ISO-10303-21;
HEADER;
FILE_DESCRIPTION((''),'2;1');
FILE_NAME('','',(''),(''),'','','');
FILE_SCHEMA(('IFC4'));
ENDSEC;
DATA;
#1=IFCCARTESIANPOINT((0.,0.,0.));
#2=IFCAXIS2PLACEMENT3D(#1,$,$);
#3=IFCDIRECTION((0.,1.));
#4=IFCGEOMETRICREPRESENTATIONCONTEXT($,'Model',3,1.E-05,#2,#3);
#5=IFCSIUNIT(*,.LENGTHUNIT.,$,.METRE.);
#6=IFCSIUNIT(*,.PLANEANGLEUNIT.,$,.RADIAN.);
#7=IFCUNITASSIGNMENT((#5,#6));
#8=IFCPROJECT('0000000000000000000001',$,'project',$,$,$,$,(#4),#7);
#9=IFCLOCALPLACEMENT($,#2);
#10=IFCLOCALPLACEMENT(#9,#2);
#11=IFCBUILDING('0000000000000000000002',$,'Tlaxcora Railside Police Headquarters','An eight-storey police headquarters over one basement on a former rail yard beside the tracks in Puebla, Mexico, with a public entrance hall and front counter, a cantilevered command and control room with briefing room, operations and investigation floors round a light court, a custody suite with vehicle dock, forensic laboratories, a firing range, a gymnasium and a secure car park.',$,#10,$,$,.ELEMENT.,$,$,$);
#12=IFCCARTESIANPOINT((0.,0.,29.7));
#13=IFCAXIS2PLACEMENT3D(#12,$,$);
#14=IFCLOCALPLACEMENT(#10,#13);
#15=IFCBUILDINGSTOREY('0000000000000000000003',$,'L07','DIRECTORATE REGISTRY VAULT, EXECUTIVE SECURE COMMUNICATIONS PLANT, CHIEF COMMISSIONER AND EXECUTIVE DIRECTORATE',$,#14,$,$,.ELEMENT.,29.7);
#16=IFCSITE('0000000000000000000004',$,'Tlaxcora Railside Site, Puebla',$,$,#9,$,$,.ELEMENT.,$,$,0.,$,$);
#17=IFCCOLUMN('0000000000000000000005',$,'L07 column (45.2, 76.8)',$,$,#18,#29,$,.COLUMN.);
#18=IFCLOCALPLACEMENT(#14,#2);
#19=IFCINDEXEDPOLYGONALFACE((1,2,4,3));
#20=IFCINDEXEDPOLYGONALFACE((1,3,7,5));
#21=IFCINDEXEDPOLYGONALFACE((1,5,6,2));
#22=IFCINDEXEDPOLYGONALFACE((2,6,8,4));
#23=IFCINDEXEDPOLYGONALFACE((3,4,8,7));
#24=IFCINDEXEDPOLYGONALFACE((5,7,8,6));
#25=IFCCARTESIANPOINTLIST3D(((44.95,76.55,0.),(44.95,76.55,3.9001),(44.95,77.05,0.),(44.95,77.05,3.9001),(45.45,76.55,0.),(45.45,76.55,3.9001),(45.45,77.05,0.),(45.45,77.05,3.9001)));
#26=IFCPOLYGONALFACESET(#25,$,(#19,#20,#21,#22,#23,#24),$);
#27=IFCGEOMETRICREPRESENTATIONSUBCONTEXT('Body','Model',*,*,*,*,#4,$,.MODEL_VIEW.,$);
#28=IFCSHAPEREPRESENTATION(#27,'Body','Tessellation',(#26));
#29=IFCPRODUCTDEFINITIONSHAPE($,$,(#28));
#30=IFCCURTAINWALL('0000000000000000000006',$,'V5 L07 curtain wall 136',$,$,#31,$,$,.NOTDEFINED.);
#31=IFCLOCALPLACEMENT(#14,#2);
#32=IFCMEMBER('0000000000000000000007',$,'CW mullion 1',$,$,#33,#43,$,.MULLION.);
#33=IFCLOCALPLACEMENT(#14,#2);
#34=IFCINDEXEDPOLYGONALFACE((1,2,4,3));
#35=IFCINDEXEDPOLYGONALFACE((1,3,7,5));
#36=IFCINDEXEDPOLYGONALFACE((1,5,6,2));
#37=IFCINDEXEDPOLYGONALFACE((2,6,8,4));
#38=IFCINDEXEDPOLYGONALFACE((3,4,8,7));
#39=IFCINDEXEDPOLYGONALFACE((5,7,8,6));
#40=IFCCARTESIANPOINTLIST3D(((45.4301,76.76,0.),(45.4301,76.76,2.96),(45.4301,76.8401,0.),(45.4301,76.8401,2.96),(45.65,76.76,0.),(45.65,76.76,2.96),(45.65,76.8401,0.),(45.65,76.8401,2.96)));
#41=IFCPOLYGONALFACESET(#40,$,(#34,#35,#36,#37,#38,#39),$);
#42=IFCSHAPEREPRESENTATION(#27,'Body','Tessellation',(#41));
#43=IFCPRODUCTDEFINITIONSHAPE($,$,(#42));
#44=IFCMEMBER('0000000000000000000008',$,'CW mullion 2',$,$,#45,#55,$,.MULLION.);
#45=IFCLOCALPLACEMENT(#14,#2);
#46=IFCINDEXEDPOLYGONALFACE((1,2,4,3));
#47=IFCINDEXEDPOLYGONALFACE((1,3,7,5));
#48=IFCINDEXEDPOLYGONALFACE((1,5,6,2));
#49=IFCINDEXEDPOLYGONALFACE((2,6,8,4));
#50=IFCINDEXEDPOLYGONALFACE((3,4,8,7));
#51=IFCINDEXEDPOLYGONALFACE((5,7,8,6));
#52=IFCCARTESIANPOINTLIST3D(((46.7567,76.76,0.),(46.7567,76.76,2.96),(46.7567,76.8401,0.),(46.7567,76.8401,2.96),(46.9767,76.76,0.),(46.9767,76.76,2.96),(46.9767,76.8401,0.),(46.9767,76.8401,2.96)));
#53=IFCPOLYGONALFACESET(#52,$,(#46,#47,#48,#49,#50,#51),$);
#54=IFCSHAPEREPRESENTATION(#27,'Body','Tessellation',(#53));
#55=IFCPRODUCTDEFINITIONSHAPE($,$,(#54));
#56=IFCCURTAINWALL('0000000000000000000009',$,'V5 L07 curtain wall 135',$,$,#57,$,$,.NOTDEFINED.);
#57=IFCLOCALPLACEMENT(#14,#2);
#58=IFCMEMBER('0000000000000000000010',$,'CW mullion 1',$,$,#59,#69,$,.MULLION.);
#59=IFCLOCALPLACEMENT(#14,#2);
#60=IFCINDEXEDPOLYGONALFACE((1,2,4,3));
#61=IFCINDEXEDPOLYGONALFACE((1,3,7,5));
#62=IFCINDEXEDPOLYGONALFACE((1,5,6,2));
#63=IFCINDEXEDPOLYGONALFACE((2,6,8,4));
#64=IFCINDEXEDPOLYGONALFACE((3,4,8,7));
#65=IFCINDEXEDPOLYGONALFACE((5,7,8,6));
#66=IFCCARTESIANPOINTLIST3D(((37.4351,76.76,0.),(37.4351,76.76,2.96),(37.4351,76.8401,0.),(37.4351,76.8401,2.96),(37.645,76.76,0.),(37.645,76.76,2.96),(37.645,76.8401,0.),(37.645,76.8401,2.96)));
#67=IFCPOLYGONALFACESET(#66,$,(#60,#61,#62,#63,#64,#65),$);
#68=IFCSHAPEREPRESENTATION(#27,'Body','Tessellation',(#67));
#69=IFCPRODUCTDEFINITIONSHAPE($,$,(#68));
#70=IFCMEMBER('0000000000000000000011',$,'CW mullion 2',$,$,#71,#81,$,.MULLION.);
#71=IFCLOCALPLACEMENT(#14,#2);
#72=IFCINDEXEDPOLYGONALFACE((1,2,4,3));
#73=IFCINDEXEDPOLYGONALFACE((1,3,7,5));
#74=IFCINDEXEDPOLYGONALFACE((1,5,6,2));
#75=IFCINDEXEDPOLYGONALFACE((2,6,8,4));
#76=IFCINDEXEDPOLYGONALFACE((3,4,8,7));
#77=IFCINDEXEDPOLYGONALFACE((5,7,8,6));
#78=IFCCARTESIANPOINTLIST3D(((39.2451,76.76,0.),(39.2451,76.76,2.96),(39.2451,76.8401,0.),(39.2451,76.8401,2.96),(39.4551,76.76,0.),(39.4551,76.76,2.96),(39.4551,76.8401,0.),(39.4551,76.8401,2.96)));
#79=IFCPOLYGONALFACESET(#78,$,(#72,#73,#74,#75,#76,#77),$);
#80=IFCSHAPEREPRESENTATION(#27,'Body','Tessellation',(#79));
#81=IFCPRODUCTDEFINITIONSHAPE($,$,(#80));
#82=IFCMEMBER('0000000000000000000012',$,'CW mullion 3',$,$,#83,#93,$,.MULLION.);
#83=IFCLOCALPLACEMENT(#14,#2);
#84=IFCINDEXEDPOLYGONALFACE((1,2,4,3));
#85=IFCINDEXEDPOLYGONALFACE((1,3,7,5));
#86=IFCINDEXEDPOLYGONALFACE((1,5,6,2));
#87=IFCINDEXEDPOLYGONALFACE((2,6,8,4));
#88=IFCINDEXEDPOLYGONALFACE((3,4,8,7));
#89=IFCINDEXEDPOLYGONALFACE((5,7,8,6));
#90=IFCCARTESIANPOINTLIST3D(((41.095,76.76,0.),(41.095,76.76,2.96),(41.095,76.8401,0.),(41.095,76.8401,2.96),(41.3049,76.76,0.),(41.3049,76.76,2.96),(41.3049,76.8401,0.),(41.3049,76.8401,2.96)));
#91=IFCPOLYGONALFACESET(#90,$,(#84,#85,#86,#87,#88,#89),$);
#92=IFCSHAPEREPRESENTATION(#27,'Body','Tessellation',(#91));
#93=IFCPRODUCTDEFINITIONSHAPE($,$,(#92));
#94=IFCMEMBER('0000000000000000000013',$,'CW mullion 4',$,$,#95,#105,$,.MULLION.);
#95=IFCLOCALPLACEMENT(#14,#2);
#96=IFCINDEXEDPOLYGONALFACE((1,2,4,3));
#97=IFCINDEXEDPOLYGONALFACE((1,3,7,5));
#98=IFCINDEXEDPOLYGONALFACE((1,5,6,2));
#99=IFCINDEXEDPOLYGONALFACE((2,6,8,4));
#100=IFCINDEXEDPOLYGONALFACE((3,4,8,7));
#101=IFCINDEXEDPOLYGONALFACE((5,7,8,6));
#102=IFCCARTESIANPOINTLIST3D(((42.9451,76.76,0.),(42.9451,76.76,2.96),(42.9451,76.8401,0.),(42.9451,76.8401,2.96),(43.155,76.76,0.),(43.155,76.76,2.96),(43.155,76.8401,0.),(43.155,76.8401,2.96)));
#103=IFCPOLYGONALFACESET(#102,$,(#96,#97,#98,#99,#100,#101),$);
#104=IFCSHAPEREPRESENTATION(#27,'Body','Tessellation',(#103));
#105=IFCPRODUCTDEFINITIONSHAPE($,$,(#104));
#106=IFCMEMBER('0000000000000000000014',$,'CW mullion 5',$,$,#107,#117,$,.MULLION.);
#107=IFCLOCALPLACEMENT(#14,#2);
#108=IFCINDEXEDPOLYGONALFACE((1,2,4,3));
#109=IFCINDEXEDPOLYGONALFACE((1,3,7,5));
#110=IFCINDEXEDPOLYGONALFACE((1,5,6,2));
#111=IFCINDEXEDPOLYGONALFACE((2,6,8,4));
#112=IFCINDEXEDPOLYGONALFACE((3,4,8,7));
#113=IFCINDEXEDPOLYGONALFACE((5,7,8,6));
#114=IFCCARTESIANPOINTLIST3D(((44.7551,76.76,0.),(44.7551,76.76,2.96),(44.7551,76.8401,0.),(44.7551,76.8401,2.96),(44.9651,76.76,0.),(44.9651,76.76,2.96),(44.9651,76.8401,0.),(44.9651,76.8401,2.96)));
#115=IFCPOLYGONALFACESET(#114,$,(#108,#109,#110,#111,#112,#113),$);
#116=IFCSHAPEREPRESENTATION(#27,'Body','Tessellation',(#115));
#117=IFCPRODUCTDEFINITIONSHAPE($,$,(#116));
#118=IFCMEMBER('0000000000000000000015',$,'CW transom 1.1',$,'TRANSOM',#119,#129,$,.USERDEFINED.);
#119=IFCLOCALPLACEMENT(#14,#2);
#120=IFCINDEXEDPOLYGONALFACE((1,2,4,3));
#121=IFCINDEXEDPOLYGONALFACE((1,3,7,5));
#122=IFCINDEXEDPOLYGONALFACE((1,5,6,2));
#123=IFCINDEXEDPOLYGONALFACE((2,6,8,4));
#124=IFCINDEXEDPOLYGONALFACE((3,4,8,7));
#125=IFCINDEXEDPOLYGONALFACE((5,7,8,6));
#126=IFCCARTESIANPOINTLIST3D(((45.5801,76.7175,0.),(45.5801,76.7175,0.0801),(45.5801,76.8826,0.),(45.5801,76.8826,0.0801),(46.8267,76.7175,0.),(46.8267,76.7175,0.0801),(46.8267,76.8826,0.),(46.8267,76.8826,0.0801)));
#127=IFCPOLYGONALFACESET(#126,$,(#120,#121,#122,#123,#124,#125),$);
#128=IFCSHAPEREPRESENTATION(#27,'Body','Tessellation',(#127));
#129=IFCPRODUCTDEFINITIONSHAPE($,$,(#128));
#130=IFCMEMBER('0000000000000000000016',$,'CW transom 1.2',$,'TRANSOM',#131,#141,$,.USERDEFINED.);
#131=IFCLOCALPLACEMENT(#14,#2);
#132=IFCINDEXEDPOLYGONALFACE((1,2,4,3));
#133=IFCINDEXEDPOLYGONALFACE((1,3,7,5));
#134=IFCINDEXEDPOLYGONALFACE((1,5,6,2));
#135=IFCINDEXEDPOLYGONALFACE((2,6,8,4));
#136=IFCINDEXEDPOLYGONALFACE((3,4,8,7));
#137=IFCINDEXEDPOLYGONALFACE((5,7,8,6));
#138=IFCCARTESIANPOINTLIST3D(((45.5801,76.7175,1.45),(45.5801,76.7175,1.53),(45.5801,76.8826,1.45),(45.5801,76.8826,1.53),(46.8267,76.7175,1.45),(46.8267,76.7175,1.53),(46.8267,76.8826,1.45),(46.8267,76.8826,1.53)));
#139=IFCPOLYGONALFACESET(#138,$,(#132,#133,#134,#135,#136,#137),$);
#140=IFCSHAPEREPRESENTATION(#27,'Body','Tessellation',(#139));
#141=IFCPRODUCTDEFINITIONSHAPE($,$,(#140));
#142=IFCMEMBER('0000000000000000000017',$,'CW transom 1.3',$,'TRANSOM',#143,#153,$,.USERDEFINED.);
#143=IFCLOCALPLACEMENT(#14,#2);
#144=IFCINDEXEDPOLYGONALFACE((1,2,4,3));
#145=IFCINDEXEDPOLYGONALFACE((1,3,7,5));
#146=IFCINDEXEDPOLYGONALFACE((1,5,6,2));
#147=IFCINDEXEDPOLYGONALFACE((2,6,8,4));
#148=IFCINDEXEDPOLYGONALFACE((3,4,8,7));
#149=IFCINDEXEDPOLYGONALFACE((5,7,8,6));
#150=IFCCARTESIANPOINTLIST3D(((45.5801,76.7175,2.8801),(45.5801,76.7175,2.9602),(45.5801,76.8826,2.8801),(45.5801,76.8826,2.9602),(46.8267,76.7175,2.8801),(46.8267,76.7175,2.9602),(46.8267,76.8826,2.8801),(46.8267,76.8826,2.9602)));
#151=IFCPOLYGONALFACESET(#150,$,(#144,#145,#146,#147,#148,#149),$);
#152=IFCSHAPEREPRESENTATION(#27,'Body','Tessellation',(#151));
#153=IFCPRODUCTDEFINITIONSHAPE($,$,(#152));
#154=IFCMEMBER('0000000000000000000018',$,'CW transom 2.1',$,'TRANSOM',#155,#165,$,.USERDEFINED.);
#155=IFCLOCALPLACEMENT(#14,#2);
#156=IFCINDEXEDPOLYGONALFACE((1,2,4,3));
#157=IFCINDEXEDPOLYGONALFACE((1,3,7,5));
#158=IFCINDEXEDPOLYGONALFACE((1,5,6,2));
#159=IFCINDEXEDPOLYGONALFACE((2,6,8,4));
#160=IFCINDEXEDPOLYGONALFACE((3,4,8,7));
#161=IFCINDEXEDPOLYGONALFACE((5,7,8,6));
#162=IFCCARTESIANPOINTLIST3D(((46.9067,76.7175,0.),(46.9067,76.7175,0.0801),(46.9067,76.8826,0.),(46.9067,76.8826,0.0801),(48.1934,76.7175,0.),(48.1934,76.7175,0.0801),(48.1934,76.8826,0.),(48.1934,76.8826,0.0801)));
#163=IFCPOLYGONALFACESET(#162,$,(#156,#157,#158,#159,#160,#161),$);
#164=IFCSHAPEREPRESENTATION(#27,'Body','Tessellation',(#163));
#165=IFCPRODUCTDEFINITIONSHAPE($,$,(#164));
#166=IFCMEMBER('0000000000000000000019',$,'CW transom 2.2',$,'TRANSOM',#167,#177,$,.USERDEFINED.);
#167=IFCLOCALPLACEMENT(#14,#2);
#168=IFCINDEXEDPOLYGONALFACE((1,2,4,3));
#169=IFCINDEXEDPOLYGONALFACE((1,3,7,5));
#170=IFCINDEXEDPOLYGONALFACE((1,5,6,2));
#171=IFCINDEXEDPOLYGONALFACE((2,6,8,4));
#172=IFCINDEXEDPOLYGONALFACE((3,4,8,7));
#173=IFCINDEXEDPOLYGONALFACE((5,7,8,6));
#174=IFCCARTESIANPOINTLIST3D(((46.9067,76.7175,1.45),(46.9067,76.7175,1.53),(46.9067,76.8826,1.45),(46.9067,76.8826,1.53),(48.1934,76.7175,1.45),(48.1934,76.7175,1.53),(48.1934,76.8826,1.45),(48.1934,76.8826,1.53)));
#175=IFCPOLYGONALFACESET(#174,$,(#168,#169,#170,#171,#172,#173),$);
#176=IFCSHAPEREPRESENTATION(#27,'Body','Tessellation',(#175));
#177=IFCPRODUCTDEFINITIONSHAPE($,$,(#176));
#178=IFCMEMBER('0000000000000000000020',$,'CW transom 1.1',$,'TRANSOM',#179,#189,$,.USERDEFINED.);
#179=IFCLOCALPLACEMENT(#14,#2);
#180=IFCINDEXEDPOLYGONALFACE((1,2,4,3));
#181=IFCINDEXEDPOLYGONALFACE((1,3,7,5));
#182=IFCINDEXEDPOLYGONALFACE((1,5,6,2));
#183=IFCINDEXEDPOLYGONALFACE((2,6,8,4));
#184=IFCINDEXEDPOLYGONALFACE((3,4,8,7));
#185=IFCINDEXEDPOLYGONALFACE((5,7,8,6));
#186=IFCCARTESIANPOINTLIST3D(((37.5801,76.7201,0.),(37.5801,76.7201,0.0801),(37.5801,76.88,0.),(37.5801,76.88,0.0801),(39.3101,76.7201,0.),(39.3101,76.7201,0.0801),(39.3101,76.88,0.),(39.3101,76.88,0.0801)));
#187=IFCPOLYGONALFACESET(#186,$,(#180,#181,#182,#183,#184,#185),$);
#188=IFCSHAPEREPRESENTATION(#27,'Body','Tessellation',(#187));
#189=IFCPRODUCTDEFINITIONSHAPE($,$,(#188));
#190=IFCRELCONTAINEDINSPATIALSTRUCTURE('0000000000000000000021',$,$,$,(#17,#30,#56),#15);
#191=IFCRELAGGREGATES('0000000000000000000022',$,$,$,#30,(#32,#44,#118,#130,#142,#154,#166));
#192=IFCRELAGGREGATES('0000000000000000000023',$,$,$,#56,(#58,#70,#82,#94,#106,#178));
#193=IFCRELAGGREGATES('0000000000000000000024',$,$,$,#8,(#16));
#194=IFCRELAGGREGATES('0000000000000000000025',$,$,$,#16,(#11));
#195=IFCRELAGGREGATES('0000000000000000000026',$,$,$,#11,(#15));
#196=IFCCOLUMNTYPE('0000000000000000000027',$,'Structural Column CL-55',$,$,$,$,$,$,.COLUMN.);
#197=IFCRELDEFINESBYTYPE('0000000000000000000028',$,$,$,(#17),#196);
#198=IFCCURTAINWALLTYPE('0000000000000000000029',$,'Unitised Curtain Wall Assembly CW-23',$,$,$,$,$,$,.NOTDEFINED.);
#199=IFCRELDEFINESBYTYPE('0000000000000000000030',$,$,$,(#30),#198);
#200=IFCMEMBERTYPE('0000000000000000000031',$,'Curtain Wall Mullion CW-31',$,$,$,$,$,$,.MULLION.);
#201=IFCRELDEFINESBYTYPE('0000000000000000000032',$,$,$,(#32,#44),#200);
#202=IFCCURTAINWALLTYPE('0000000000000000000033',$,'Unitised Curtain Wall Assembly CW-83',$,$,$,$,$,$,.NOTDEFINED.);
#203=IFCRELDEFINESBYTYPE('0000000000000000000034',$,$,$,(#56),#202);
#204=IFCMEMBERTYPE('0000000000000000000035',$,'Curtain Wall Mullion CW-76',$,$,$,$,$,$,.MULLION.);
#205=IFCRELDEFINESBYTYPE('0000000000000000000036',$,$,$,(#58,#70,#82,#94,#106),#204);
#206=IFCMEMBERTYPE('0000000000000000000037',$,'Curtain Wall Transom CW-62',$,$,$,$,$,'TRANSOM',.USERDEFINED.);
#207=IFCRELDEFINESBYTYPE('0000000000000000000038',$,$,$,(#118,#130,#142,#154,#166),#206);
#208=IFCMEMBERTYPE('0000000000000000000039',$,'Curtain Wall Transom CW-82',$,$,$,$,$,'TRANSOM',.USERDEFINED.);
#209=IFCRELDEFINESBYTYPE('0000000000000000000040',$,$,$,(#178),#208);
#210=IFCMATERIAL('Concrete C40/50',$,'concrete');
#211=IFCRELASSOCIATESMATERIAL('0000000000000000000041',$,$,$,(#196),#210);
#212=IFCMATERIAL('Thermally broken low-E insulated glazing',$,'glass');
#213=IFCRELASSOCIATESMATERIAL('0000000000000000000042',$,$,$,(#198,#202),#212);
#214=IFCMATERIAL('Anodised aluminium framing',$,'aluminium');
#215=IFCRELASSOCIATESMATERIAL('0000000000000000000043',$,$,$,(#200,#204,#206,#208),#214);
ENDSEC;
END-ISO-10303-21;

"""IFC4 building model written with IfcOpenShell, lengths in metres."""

from ifc_helpers import new_model, si_unit, direction, frame, origin, origin_2d, place, context, subcontext, project, spatial, rectangle, extrude, material, material_profile, profile_set, type_object, element, aggregate, save


model = new_model("IFC4")

# Units and contexts
model_context = context("Model", 3, precision=1e-05, world=origin(), true_north=direction((0.0, 1.0)))
body_context = subcontext(model_context, "Body", "Model", "MODEL_VIEW")
ifc_project = project(units=[si_unit("LENGTHUNIT", "METRE"), si_unit("PLANEANGLEUNIT", "RADIAN")], contexts=[model_context])

# Site, building, storey
site_placement = place(None, origin())
site = spatial("IfcSite", under=ifc_project, at=site_placement, Name="Tlaxcora Railside Site, Puebla", CompositionType="ELEMENT", RefElevation=0.0)
building_placement = place(site_placement, origin())
building = spatial("IfcBuilding", under=site, at=building_placement, Name="Tlaxcora Railside Police Headquarters", Description="An eight-storey police headquarters over one basement on a former rail yard beside the tracks in Puebla, Mexico, with a public entrance hall and front counter, a cantilevered command and control room with briefing room, operations and investigation floors round a light court, a custody suite with vehicle dock, forensic laboratories, a firing range, a gymnasium and a secure car park.", CompositionType="ELEMENT")
storey_placement = place(building_placement, frame((0.0, 0.0, 29.7)))
storey = spatial("IfcBuildingStorey", under=building, at=storey_placement, Name="L07", Description="DIRECTORATE REGISTRY VAULT, EXECUTIVE SECURE COMMUNICATIONS PLANT, CHIEF COMMISSIONER AND EXECUTIVE DIRECTORATE", CompositionType="ELEMENT", Elevation=29.7)

# Column
ifc_material_1 = material(Name="Concrete C40/50", Category="concrete")
ifc_material_profile_1 = material_profile(ifc_material_1, rectangle(XDim=0.5, YDim=0.5, at=origin_2d()), Name="RC500X500")
ifc_profile_set_1 = profile_set([ifc_material_profile_1], Name="Concrete C40/50")
column_type = type_object("IfcColumnType", Name="Structural Column CL-55", PredefinedType="COLUMN", material=ifc_profile_set_1)
column_placement = place(storey_placement, frame((45.2, 76.8, 0.0), z_axis=(0.0, 0.0, 1.0), x_axis=(1.0, 0.0, 0.0)))
element("IfcColumn", 1, at=column_placement, inside=storey, type_object=column_type, Name="L07 column (45.2, 76.8)", PredefinedType="COLUMN", context=body_context, shape_type="SweptSolid", body=[
    extrude(rectangle(XDim=0.5, YDim=0.5, at=origin_2d()), origin(), (0.0, 0.0, 1.0), 3.9001),
])

# Curtain walls, members
ifc_material_2 = material(Name="Thermally broken low-E insulated glazing", Category="glass")
curtain_wall_type_1 = type_object("IfcCurtainWallType", Name="Unitised Curtain Wall Assembly CW-23", PredefinedType="NOTDEFINED", material=ifc_material_2)
curtain_wall_1_placement = place(storey_placement, origin())
curtain_wall_1 = element("IfcCurtainWall", 2, at=curtain_wall_1_placement, inside=storey, type_object=curtain_wall_type_1, Name="V5 L07 curtain wall 136", PredefinedType="NOTDEFINED")
ifc_material_3 = material(Name="Anodised aluminium framing", Category="aluminium")
ifc_material_profile_2 = material_profile(ifc_material_3, rectangle(XDim=0.0801, YDim=0.22, at=origin_2d()), Name="AL80X220")
ifc_profile_set_2 = profile_set([ifc_material_profile_2], Name="Anodised aluminium framing")
member_type_1 = type_object("IfcMemberType", Name="Curtain Wall Mullion CW-31", PredefinedType="MULLION", material=ifc_profile_set_2)
member_1_placement = place(storey_placement, frame((45.54, 76.8, 0.0), z_axis=(0.0, 0.0, 1.0), x_axis=(0.0, 1.0, 0.0)))
member_1 = element("IfcMember", 3, at=member_1_placement, type_object=member_type_1, Name="CW mullion 1", PredefinedType="MULLION", context=body_context, shape_type="SweptSolid", body=[
    extrude(rectangle(XDim=0.0801, YDim=0.22, at=origin_2d()), origin(), (0.0, 0.0, 1.0), 2.96),
])
member_2_placement = place(storey_placement, frame((46.8667, 76.8, 0.0), z_axis=(0.0, 0.0, 1.0), x_axis=(0.0, 1.0, 0.0)))
member_2 = element("IfcMember", 4, at=member_2_placement, type_object=member_type_1, Name="CW mullion 2", PredefinedType="MULLION", context=body_context, shape_type="SweptSolid", body=[
    extrude(rectangle(XDim=0.0801, YDim=0.22, at=origin_2d()), origin(), (0.0, 0.0, 1.0), 2.96),
])
curtain_wall_type_2 = type_object("IfcCurtainWallType", Name="Unitised Curtain Wall Assembly CW-83", PredefinedType="NOTDEFINED", material=ifc_material_2)
curtain_wall_2_placement = place(storey_placement, origin())
curtain_wall_2 = element("IfcCurtainWall", 5, at=curtain_wall_2_placement, inside=storey, type_object=curtain_wall_type_2, Name="V5 L07 curtain wall 135", PredefinedType="NOTDEFINED")
ifc_material_profile_3 = material_profile(ifc_material_3, rectangle(XDim=0.0801, YDim=0.21, at=origin_2d()), Name="AL80X210")
ifc_profile_set_3 = profile_set([ifc_material_profile_3], Name="Anodised aluminium framing")
member_type_2 = type_object("IfcMemberType", Name="Curtain Wall Mullion CW-76", PredefinedType="MULLION", material=ifc_profile_set_3)
member_3_placement = place(storey_placement, frame((37.54, 76.8, 0.0), z_axis=(0.0, 0.0, 1.0), x_axis=(0.0, 1.0, 0.0)))
member_3 = element("IfcMember", 6, at=member_3_placement, type_object=member_type_2, Name="CW mullion 1", PredefinedType="MULLION", context=body_context, shape_type="SweptSolid", body=[
    extrude(rectangle(XDim=0.0801, YDim=0.21, at=origin_2d()), origin(), (0.0, 0.0, 1.0), 2.96),
])
member_4_placement = place(storey_placement, frame((39.3501, 76.8, 0.0), z_axis=(0.0, 0.0, 1.0), x_axis=(0.0, 1.0, 0.0)))
member_4 = element("IfcMember", 7, at=member_4_placement, type_object=member_type_2, Name="CW mullion 2", PredefinedType="MULLION", context=body_context, shape_type="SweptSolid", body=[
    extrude(rectangle(XDim=0.0801, YDim=0.21, at=origin_2d()), origin(), (0.0, 0.0, 1.0), 2.96),
])
member_5_placement = place(storey_placement, frame((41.2, 76.8, 0.0), z_axis=(0.0, 0.0, 1.0), x_axis=(0.0, 1.0, 0.0)))
member_5 = element("IfcMember", 8, at=member_5_placement, type_object=member_type_2, Name="CW mullion 3", PredefinedType="MULLION", context=body_context, shape_type="SweptSolid", body=[
    extrude(rectangle(XDim=0.0801, YDim=0.21, at=origin_2d()), origin(), (0.0, 0.0, 1.0), 2.96),
])
member_6_placement = place(storey_placement, frame((43.05, 76.8, 0.0), z_axis=(0.0, 0.0, 1.0), x_axis=(0.0, 1.0, 0.0)))
member_6 = element("IfcMember", 9, at=member_6_placement, type_object=member_type_2, Name="CW mullion 4", PredefinedType="MULLION", context=body_context, shape_type="SweptSolid", body=[
    extrude(rectangle(XDim=0.0801, YDim=0.21, at=origin_2d()), origin(), (0.0, 0.0, 1.0), 2.96),
])
member_7_placement = place(storey_placement, frame((44.8601, 76.8, 0.0), z_axis=(0.0, 0.0, 1.0), x_axis=(0.0, 1.0, 0.0)))
member_7 = element("IfcMember", 10, at=member_7_placement, type_object=member_type_2, Name="CW mullion 5", PredefinedType="MULLION", context=body_context, shape_type="SweptSolid", body=[
    extrude(rectangle(XDim=0.0801, YDim=0.21, at=origin_2d()), origin(), (0.0, 0.0, 1.0), 2.96),
])

# Members
ifc_material_profile_4 = material_profile(ifc_material_3, rectangle(XDim=0.165, YDim=0.0801, at=origin_2d()), Name="AL80X165")
ifc_profile_set_4 = profile_set([ifc_material_profile_4], Name="Anodised aluminium framing")
member_type_3 = type_object("IfcMemberType", Name="Curtain Wall Transom CW-62", ElementType="TRANSOM", PredefinedType="USERDEFINED", material=ifc_profile_set_4)
member_8_placement = place(storey_placement, frame((45.5801, 76.8, 0.04), z_axis=(1.0, 0.0, 0.0), x_axis=(0.0, 1.0, 0.0)))
member_8 = element("IfcMember", 11, at=member_8_placement, type_object=member_type_3, Name="CW transom 1.1", ObjectType="TRANSOM", PredefinedType="USERDEFINED", context=body_context, shape_type="SweptSolid", body=[
    extrude(rectangle(XDim=0.165, YDim=0.0801, at=origin_2d()), origin(), (0.0, 0.0, 1.0), 1.2466),
])
member_9_placement = place(storey_placement, frame((45.5801, 76.8, 1.49), z_axis=(1.0, 0.0, 0.0), x_axis=(0.0, 1.0, 0.0)))
member_9 = element("IfcMember", 12, at=member_9_placement, type_object=member_type_3, Name="CW transom 1.2", ObjectType="TRANSOM", PredefinedType="USERDEFINED", context=body_context, shape_type="SweptSolid", body=[
    extrude(rectangle(XDim=0.165, YDim=0.0801, at=origin_2d()), origin(), (0.0, 0.0, 1.0), 1.2466),
])
member_10_placement = place(storey_placement, frame((45.5801, 76.8, 2.9202), z_axis=(1.0, 0.0, 0.0), x_axis=(0.0, 1.0, 0.0)))
member_10 = element("IfcMember", 13, at=member_10_placement, type_object=member_type_3, Name="CW transom 1.3", ObjectType="TRANSOM", PredefinedType="USERDEFINED", context=body_context, shape_type="SweptSolid", body=[
    extrude(rectangle(XDim=0.165, YDim=0.0801, at=origin_2d()), origin(), (0.0, 0.0, 1.0), 1.2466),
])
member_11_placement = place(storey_placement, frame((46.9067, 76.8, 0.04), z_axis=(1.0, 0.0, 0.0), x_axis=(0.0, 1.0, 0.0)))
member_11 = element("IfcMember", 14, at=member_11_placement, type_object=member_type_3, Name="CW transom 2.1", ObjectType="TRANSOM", PredefinedType="USERDEFINED", context=body_context, shape_type="SweptSolid", body=[
    extrude(rectangle(XDim=0.165, YDim=0.0801, at=origin_2d()), origin(), (0.0, 0.0, 1.0), 1.2866),
])
member_12_placement = place(storey_placement, frame((46.9067, 76.8, 1.49), z_axis=(1.0, 0.0, 0.0), x_axis=(0.0, 1.0, 0.0)))
member_12 = element("IfcMember", 15, at=member_12_placement, type_object=member_type_3, Name="CW transom 2.2", ObjectType="TRANSOM", PredefinedType="USERDEFINED", context=body_context, shape_type="SweptSolid", body=[
    extrude(rectangle(XDim=0.165, YDim=0.0801, at=origin_2d()), origin(), (0.0, 0.0, 1.0), 1.2866),
])
ifc_material_profile_5 = material_profile(ifc_material_3, rectangle(XDim=0.1599, YDim=0.0801, at=origin_2d()), Name="AL80X160")
ifc_profile_set_5 = profile_set([ifc_material_profile_5], Name="Anodised aluminium framing")
member_type_4 = type_object("IfcMemberType", Name="Curtain Wall Transom CW-82", ElementType="TRANSOM", PredefinedType="USERDEFINED", material=ifc_profile_set_5)
member_13_placement = place(storey_placement, frame((37.5801, 76.8, 0.04), z_axis=(1.0, 0.0, 0.0), x_axis=(0.0, 1.0, 0.0)))
member_13 = element("IfcMember", 16, at=member_13_placement, type_object=member_type_4, Name="CW transom 1.1", ObjectType="TRANSOM", PredefinedType="USERDEFINED", context=body_context, shape_type="SweptSolid", body=[
    extrude(rectangle(XDim=0.1599, YDim=0.0801, at=origin_2d()), origin(), (0.0, 0.0, 1.0), 1.73),
])

aggregate(curtain_wall_1, [member_1, member_2, member_8, member_9, member_10, member_11, member_12])
aggregate(curtain_wall_2, [member_3, member_4, member_5, member_6, member_7, member_13])

save(model, "model.ifc")
